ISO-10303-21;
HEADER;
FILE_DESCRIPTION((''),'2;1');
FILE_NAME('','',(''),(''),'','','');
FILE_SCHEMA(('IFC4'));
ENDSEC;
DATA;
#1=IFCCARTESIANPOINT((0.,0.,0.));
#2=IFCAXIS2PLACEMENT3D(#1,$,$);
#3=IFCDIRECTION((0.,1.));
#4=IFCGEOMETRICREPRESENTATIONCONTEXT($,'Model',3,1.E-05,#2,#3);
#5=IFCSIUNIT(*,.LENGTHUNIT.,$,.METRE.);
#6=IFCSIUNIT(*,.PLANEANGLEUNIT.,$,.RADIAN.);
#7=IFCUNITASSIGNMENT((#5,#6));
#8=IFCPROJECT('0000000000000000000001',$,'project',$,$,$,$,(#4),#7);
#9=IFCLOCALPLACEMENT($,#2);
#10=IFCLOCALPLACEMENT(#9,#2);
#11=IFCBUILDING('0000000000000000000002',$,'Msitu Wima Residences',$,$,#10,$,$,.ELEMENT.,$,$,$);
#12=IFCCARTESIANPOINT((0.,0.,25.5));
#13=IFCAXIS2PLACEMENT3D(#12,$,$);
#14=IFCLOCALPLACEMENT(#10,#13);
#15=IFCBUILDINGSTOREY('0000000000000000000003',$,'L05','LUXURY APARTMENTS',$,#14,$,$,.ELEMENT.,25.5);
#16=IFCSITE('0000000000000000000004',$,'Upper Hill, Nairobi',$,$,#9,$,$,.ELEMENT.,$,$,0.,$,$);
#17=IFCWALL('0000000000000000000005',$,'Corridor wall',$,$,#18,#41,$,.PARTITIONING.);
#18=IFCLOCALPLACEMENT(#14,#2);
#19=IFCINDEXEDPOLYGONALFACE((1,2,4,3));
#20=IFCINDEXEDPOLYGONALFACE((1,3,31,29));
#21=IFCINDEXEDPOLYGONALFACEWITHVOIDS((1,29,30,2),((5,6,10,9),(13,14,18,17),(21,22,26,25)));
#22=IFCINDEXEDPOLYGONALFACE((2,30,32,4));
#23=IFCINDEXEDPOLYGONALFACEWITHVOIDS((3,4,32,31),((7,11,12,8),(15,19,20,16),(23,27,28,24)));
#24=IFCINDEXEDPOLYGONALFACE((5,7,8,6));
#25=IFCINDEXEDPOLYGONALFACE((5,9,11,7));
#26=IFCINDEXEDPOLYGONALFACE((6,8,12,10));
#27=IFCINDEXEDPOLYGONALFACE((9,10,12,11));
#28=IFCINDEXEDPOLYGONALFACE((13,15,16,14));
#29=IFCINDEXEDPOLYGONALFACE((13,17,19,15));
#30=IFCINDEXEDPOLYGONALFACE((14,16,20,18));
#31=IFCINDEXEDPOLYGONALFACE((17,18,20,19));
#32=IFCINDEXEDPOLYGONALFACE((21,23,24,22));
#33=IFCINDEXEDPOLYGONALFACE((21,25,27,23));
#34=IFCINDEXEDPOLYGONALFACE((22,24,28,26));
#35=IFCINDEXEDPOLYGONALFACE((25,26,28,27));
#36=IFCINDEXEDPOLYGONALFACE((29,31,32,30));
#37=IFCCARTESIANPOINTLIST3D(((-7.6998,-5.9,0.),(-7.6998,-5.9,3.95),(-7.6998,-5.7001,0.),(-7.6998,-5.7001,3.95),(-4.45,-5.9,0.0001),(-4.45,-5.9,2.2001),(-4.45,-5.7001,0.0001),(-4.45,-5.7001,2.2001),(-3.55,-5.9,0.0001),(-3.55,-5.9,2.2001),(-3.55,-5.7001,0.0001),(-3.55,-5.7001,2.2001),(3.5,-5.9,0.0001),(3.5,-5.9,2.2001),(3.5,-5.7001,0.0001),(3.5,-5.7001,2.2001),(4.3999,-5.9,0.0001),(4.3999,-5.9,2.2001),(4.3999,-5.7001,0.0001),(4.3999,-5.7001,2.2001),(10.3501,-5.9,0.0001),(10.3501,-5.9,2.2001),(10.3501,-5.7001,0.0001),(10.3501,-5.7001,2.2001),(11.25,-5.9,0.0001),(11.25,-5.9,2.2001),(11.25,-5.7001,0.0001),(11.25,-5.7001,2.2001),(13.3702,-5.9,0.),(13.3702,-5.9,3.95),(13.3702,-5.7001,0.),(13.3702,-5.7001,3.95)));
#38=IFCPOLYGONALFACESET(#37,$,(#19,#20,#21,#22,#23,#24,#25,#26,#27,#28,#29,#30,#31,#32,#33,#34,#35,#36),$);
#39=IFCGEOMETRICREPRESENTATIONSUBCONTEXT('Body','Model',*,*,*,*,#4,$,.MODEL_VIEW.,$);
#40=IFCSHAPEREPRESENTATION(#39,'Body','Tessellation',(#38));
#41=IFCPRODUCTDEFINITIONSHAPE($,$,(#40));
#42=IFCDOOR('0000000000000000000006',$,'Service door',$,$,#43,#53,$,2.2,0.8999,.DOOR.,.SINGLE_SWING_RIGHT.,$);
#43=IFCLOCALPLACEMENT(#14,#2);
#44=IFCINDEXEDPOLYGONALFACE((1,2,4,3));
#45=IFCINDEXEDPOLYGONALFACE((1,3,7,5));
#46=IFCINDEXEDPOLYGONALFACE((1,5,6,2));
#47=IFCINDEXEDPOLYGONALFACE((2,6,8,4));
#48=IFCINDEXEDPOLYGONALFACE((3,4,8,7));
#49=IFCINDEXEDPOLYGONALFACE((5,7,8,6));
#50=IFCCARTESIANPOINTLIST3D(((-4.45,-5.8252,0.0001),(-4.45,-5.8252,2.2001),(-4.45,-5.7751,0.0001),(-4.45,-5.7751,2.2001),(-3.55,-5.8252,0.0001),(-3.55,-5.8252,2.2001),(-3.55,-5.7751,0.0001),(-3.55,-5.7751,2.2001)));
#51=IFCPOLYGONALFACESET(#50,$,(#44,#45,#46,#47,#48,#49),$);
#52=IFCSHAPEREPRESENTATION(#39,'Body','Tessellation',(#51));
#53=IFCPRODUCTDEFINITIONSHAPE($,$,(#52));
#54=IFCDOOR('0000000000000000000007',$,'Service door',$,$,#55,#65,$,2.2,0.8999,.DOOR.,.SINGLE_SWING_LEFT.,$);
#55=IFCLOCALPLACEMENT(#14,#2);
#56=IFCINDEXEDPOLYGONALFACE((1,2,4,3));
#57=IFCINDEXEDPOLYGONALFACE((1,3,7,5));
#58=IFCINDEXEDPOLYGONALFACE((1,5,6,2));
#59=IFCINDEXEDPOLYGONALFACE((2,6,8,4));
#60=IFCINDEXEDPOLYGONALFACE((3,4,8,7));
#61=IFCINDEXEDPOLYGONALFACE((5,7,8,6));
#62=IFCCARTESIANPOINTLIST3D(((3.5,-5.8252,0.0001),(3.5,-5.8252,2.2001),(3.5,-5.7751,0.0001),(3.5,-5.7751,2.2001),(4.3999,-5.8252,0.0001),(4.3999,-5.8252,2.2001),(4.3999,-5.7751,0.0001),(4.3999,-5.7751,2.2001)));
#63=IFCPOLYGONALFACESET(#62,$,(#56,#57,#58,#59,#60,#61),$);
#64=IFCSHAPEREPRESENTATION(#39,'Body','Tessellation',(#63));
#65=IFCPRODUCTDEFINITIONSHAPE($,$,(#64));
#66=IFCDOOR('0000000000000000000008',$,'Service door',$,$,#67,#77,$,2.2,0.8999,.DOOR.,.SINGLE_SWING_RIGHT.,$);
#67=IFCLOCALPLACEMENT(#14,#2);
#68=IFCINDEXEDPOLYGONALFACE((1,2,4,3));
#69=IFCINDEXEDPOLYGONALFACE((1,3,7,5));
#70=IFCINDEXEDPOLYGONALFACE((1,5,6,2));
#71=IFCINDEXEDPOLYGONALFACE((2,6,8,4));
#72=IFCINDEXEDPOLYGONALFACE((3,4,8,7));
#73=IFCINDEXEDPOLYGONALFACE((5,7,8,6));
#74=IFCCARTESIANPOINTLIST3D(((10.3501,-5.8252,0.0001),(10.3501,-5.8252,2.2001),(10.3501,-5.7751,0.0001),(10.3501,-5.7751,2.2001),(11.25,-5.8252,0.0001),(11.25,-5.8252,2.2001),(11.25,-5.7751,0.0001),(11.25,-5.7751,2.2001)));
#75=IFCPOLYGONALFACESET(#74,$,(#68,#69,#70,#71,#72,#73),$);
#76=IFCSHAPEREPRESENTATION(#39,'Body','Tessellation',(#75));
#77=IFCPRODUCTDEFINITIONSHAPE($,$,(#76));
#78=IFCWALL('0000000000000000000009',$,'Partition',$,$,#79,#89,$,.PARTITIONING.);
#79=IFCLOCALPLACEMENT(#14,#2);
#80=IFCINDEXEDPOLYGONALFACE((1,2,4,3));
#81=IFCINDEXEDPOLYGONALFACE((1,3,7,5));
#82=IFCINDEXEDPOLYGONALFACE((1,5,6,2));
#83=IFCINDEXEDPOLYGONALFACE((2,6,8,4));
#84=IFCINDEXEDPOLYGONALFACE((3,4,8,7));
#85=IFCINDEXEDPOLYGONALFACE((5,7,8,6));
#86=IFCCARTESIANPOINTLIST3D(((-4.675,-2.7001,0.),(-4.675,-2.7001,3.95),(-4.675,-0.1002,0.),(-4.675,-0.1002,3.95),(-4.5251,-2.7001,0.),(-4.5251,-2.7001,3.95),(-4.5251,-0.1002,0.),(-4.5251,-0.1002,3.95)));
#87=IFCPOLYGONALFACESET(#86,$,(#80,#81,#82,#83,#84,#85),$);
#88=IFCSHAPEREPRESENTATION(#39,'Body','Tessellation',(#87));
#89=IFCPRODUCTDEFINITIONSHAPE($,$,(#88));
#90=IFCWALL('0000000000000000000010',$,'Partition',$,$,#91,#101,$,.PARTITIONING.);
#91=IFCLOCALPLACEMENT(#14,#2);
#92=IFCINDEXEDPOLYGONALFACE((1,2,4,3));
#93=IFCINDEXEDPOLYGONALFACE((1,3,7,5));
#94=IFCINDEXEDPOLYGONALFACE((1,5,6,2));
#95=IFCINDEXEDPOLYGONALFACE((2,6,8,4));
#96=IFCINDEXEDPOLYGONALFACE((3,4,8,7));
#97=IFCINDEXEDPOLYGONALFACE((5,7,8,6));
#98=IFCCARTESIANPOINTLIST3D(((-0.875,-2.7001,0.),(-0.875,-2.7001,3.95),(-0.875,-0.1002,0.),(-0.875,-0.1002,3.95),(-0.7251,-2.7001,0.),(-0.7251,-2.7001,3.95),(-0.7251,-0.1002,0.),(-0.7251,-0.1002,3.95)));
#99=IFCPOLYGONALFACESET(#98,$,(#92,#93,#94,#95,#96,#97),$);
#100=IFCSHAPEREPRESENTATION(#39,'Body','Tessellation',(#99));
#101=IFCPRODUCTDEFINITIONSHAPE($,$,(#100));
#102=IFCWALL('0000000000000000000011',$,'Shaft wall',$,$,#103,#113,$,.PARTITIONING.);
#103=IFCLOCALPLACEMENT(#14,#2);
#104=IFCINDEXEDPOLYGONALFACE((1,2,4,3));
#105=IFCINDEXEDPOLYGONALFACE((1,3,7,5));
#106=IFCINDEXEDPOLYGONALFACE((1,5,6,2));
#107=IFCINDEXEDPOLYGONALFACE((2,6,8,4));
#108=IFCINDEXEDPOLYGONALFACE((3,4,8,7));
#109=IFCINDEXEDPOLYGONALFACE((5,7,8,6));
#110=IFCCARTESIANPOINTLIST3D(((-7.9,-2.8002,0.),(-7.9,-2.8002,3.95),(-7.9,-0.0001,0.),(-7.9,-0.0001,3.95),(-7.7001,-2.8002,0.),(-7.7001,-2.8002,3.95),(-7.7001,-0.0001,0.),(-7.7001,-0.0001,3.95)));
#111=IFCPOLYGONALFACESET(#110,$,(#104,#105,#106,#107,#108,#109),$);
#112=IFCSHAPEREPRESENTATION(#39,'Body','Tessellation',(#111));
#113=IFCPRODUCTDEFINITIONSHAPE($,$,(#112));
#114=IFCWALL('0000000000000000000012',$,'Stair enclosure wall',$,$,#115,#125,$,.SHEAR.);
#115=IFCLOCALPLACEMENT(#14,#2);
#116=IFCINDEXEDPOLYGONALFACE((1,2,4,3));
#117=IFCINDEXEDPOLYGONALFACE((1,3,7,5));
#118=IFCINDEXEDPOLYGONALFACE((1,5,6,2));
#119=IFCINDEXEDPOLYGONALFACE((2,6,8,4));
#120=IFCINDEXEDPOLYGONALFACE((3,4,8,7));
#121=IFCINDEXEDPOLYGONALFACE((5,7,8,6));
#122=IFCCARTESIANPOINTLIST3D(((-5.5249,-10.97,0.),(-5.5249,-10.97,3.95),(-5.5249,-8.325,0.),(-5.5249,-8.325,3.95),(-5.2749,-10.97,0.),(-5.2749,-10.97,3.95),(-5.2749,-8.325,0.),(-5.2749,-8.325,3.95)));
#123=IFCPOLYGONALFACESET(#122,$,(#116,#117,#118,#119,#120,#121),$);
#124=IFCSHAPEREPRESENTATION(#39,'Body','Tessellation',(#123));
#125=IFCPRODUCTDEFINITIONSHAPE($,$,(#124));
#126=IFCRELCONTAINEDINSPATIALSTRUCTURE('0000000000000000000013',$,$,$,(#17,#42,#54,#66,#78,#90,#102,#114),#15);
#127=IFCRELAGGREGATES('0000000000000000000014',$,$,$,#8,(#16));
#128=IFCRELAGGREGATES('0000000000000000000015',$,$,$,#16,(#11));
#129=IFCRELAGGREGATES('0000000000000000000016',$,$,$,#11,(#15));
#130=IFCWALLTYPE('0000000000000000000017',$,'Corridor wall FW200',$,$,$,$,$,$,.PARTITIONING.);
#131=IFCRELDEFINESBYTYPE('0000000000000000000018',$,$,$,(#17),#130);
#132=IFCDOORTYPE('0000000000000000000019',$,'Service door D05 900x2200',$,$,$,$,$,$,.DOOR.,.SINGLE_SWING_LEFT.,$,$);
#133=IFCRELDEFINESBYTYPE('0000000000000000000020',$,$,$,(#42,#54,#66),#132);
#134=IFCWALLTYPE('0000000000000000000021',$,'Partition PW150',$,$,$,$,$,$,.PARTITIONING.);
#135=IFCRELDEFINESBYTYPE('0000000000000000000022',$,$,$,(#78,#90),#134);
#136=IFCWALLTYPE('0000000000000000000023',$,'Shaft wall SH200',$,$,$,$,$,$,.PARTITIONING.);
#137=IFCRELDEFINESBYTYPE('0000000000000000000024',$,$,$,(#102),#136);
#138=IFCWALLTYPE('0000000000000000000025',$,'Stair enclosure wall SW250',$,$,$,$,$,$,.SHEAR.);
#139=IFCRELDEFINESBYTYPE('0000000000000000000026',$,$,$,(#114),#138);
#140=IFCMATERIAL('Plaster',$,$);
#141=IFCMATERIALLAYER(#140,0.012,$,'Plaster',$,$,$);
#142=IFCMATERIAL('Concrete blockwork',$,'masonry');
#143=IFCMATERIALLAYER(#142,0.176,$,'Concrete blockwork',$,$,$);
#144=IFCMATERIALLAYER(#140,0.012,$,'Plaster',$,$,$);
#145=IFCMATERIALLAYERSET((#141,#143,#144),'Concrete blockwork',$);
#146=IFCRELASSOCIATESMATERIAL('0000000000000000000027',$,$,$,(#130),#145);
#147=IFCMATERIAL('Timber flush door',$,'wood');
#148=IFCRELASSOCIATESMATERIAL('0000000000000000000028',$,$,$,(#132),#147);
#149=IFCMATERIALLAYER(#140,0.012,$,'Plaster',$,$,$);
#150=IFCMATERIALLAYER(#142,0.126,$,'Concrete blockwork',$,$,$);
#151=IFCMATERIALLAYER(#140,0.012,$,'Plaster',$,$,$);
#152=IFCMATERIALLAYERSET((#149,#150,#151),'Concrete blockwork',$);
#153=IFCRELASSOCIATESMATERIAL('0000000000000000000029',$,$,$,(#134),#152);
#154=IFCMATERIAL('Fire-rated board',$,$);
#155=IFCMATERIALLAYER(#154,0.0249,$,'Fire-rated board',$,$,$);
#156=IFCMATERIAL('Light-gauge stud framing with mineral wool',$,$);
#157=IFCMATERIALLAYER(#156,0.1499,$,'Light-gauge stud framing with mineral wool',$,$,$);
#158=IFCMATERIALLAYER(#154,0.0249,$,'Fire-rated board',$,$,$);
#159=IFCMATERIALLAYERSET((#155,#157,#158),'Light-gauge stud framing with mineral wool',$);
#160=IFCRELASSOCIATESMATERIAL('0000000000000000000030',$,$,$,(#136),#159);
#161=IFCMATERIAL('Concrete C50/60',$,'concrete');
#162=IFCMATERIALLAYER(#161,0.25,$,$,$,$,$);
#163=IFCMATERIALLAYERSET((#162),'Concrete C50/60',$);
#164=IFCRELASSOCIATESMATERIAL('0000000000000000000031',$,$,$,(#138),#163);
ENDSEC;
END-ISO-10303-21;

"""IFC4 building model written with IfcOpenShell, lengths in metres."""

from ifc_helpers import new_model, si_unit, direction, frame, frame_2d, origin, place, context, subcontext, project, spatial, rectangle, extrude, material, layer, layer_set, type_object, element, fill, save


model = new_model("IFC4")

# Units and contexts
model_context = context("Model", 3, precision=1e-05, world=origin(), true_north=direction((0.0, 1.0)))
body_context = subcontext(model_context, "Body", "Model", "MODEL_VIEW")
ifc_project = project(units=[si_unit("LENGTHUNIT", "METRE"), si_unit("PLANEANGLEUNIT", "RADIAN")], contexts=[model_context])

# Site, building, storey
site_placement = place(None, origin())
site = spatial("IfcSite", under=ifc_project, at=site_placement, Name="Upper Hill, Nairobi", CompositionType="ELEMENT", RefElevation=0.0)
building_placement = place(site_placement, origin())
building = spatial("IfcBuilding", under=site, at=building_placement, Name="Msitu Wima Residences", CompositionType="ELEMENT")
storey_placement = place(building_placement, frame((0.0, 0.0, 25.5)))
storey = spatial("IfcBuildingStorey", under=building, at=storey_placement, Name="L05", Description="LUXURY APARTMENTS", CompositionType="ELEMENT", Elevation=25.5)

# Shared definitions
ifc_material_1 = material(Name="Plaster")
ifc_layer_1 = layer(ifc_material_1, 0.012, Name="Plaster")
ifc_material_2 = material(Name="Concrete blockwork", Category="masonry")
ifc_layer_2 = layer(ifc_material_2, 0.176, Name="Concrete blockwork")
ifc_layer_3 = layer(ifc_material_1, 0.012, Name="Plaster")
ifc_layer_set_1 = layer_set([ifc_layer_1, ifc_layer_2, ifc_layer_3], Name="Concrete blockwork")
wall_type_1 = type_object("IfcWallType", Name="Corridor wall FW200", PredefinedType="PARTITIONING", material=ifc_layer_set_1)
ifc_material_3 = material(Name="Timber flush door", Category="wood")
door_type_1 = type_object("IfcDoorType", Name="Service door D05 900x2200", OperationType="SINGLE_SWING_LEFT", PredefinedType="DOOR", material=ifc_material_3)

# Wall, openings, doors
wall_1_placement = place(storey_placement, frame((-7.7, -5.8, 0.0), z_axis=(0.0, 0.0, 1.0), x_axis=(1.0, 0.0, 0.0)))
wall_1 = element("IfcWall", 1, at=wall_1_placement, inside=storey, type_object=wall_type_1, Name="Corridor wall", PredefinedType="PARTITIONING", context=body_context, shape_type="SweptSolid", body=[
    extrude(rectangle(XDim=21.0701, YDim=0.2, at=frame_2d((10.5352, 0.0))), origin(), (0.0, 0.0, 1.0), 3.95),
])
opening_1_placement = place(wall_1_placement, frame((3.25, 0.0, 0.0)))
opening_1 = element("IfcOpeningElement", 2, at=opening_1_placement, cuts=wall_1, PredefinedType="OPENING", context=body_context, shape_type="SweptSolid", body=[
    extrude(rectangle(XDim=0.8999, YDim=2.2, at=frame_2d((0.45, 1.1001))), frame((0.0, 0.1099, 0.0), z_axis=(0.0, -1.0, 0.0), x_axis=(1.0, 0.0, 0.0)), (0.0, 0.0, 1.0), 0.22),
])
opening_2_placement = place(wall_1_placement, frame((11.2, 0.0, 0.0)))
opening_2 = element("IfcOpeningElement", 3, at=opening_2_placement, cuts=wall_1, PredefinedType="OPENING", context=body_context, shape_type="SweptSolid", body=[
    extrude(rectangle(XDim=0.8999, YDim=2.2, at=frame_2d((0.45, 1.1001))), frame((0.0, 0.1099, 0.0), z_axis=(0.0, -1.0, 0.0), x_axis=(1.0, 0.0, 0.0)), (0.0, 0.0, 1.0), 0.22),
])
opening_3_placement = place(wall_1_placement, frame((18.05, 0.0, 0.0)))
opening_3 = element("IfcOpeningElement", 4, at=opening_3_placement, cuts=wall_1, PredefinedType="OPENING", context=body_context, shape_type="SweptSolid", body=[
    extrude(rectangle(XDim=0.8999, YDim=2.2, at=frame_2d((0.45, 1.1001))), frame((0.0, 0.1099, 0.0), z_axis=(0.0, -1.0, 0.0), x_axis=(1.0, 0.0, 0.0)), (0.0, 0.0, 1.0), 0.22),
])
door_1_placement = place(opening_1_placement, origin())
door_1 = element("IfcDoor", 5, at=door_1_placement, inside=storey, type_object=door_type_1, Name="Service door", OperationType="SINGLE_SWING_RIGHT", OverallHeight=2.2, OverallWidth=0.8999, PredefinedType="DOOR", context=body_context, shape_type="SweptSolid", body=[
    extrude(rectangle(XDim=0.8999, YDim=2.2, at=frame_2d((0.45, 1.1001))), frame((0.0, 0.0249, 0.0), z_axis=(0.0, -1.0, 0.0), x_axis=(1.0, 0.0, 0.0)), (0.0, 0.0, 1.0), 0.05),
])
fill(opening_1, door_1)
door_2_placement = place(opening_2_placement, origin())
door_2 = element("IfcDoor", 6, at=door_2_placement, inside=storey, type_object=door_type_1, Name="Service door", OperationType="SINGLE_SWING_LEFT", OverallHeight=2.2, OverallWidth=0.8999, PredefinedType="DOOR", context=body_context, shape_type="SweptSolid", body=[
    extrude(rectangle(XDim=0.8999, YDim=2.2, at=frame_2d((0.45, 1.1001))), frame((0.0, 0.0249, 0.0), z_axis=(0.0, -1.0, 0.0), x_axis=(1.0, 0.0, 0.0)), (0.0, 0.0, 1.0), 0.05),
])
fill(opening_2, door_2)
door_3_placement = place(opening_3_placement, origin())
door_3 = element("IfcDoor", 7, at=door_3_placement, inside=storey, type_object=door_type_1, Name="Service door", OperationType="SINGLE_SWING_RIGHT", OverallHeight=2.2, OverallWidth=0.8999, PredefinedType="DOOR", context=body_context, shape_type="SweptSolid", body=[
    extrude(rectangle(XDim=0.8999, YDim=2.2, at=frame_2d((0.45, 1.1001))), frame((0.0, 0.0249, 0.0), z_axis=(0.0, -1.0, 0.0), x_axis=(1.0, 0.0, 0.0)), (0.0, 0.0, 1.0), 0.05),
])
fill(opening_3, door_3)

# Walls
ifc_layer_4 = layer(ifc_material_1, 0.012, Name="Plaster")
ifc_layer_5 = layer(ifc_material_2, 0.126, Name="Concrete blockwork")
ifc_layer_6 = layer(ifc_material_1, 0.012, Name="Plaster")
ifc_layer_set_2 = layer_set([ifc_layer_4, ifc_layer_5, ifc_layer_6], Name="Concrete blockwork")
wall_type_2 = type_object("IfcWallType", Name="Partition PW150", PredefinedType="PARTITIONING", material=ifc_layer_set_2)
for number, where, z_axis, x_axis, name in (
    (8, (-4.6001, -2.7, 0.0), (0.0, 0.0, 1.0), (0.0, 1.0, 0.0), "Partition"),
    (9, (-0.8, -2.7, 0.0), (0.0, 0.0, 1.0), (0.0, 1.0, 0.0), "Partition"),
):
    element("IfcWall", number, at=place(storey_placement, frame(where, z_axis=z_axis, x_axis=x_axis)), inside=storey, type_object=wall_type_2, Name=name, PredefinedType="PARTITIONING", context=body_context, shape_type="SweptSolid", body=[
        extrude(rectangle(XDim=2.5999, YDim=0.1499, at=frame_2d((1.2998, 0.0))), origin(), (0.0, 0.0, 1.0), 3.95),
    ])
ifc_material_4 = material(Name="Fire-rated board")
ifc_layer_7 = layer(ifc_material_4, 0.0249, Name="Fire-rated board")
ifc_material_5 = material(Name="Light-gauge stud framing with mineral wool")
ifc_layer_8 = layer(ifc_material_5, 0.1499, Name="Light-gauge stud framing with mineral wool")
ifc_layer_9 = layer(ifc_material_4, 0.0249, Name="Fire-rated board")
ifc_layer_set_3 = layer_set([ifc_layer_7, ifc_layer_8, ifc_layer_9], Name="Light-gauge stud framing with mineral wool")
wall_type_3 = type_object("IfcWallType", Name="Shaft wall SH200", PredefinedType="PARTITIONING", material=ifc_layer_set_3)
wall_2_placement = place(storey_placement, frame((-7.8, -2.8, 0.0), z_axis=(0.0, 0.0, 1.0), x_axis=(0.0, 1.0, 0.0)))
element("IfcWall", 10, at=wall_2_placement, inside=storey, type_object=wall_type_3, Name="Shaft wall", PredefinedType="PARTITIONING", context=body_context, shape_type="SweptSolid", body=[
    extrude(rectangle(XDim=2.8, YDim=0.2, at=frame_2d((1.3999, 0.0))), origin(), (0.0, 0.0, 1.0), 3.95),
])
ifc_material_6 = material(Name="Concrete C50/60", Category="concrete")
ifc_layer_10 = layer(ifc_material_6, 0.25)
ifc_layer_set_4 = layer_set([ifc_layer_10], Name="Concrete C50/60")
wall_type_4 = type_object("IfcWallType", Name="Stair enclosure wall SW250", PredefinedType="SHEAR", material=ifc_layer_set_4)
wall_3_placement = place(storey_placement, frame((-5.3999, -10.97, 0.0), z_axis=(0.0, 0.0, 1.0), x_axis=(0.0, 1.0, 0.0)))
element("IfcWall", 11, at=wall_3_placement, inside=storey, type_object=wall_type_4, Name="Stair enclosure wall", PredefinedType="SHEAR", context=body_context, shape_type="SweptSolid", body=[
    extrude(rectangle(XDim=2.645, YDim=0.25, at=frame_2d((1.3225, 0.0))), origin(), (0.0, 0.0, 1.0), 3.95),
])

save(model, "model.ifc")
